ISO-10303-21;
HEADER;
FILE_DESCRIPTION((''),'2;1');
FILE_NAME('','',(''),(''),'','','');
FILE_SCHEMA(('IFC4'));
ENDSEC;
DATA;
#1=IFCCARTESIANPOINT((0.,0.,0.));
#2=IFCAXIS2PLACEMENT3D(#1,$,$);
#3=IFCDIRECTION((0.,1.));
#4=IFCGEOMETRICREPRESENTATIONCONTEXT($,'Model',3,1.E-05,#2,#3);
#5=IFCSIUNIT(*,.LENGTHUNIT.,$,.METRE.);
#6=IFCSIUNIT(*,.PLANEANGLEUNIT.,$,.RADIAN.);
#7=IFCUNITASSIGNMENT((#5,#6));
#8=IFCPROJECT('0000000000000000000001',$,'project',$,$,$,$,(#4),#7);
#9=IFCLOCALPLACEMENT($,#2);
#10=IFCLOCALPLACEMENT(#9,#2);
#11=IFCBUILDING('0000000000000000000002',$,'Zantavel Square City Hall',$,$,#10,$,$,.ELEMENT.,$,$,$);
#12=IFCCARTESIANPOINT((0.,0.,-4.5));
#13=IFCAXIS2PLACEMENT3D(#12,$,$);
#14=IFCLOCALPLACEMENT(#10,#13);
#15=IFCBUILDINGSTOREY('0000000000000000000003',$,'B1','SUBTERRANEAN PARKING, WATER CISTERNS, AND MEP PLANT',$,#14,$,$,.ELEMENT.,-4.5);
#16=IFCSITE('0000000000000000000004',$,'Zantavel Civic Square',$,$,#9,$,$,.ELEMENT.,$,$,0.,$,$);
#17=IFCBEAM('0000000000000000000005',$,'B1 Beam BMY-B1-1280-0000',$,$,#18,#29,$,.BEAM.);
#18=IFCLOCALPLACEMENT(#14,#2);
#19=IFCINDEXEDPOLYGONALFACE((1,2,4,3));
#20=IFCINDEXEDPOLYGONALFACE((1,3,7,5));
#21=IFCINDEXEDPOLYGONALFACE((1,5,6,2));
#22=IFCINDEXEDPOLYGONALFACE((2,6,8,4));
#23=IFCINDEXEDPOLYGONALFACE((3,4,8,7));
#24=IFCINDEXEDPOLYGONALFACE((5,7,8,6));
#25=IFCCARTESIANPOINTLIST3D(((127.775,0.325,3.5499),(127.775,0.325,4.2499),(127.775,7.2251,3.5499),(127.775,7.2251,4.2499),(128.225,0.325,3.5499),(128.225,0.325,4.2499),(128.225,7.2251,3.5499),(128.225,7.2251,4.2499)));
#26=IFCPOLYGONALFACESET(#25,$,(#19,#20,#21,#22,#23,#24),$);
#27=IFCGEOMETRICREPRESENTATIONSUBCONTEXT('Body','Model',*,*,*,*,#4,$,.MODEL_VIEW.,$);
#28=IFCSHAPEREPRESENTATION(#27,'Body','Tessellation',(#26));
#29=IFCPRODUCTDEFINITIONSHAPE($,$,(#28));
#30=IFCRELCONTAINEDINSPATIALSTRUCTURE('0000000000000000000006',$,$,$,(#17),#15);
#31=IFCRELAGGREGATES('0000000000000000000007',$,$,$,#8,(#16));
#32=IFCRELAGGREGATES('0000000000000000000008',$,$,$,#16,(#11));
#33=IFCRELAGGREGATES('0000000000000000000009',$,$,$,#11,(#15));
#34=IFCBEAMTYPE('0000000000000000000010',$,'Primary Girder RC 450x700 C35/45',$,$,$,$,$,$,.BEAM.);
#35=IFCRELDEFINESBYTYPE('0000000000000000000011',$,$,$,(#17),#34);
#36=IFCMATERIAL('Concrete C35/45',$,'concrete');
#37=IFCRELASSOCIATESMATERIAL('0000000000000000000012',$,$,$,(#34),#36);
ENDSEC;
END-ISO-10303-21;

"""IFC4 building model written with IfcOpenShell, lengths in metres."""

from ifc_helpers import new_model, si_unit, direction, frame, origin, origin_2d, place, context, subcontext, project, spatial, rectangle, extrude, material, material_profile, profile_set, type_object, element, save


model = new_model("IFC4")

# Units and contexts
model_context = context("Model", 3, precision=1e-05, world=origin(), true_north=direction((0.0, 1.0)))
body_context = subcontext(model_context, "Body", "Model", "MODEL_VIEW")
ifc_project = project(units=[si_unit("LENGTHUNIT", "METRE"), si_unit("PLANEANGLEUNIT", "RADIAN")], contexts=[model_context])

# Site, building, storey
site_placement = place(None, origin())
site = spatial("IfcSite", under=ifc_project, at=site_placement, Name="Zantavel Civic Square", CompositionType="ELEMENT", RefElevation=0.0)
building_placement = place(site_placement, origin())
building = spatial("IfcBuilding", under=site, at=building_placement, Name="Zantavel Square City Hall", CompositionType="ELEMENT")
storey_placement = place(building_placement, frame((0.0, 0.0, -4.5)))
storey = spatial("IfcBuildingStorey", under=building, at=storey_placement, Name="B1", Description="SUBTERRANEAN PARKING, WATER CISTERNS, AND MEP PLANT", CompositionType="ELEMENT", Elevation=-4.5)

# Shared definitions
ifc_material_1 = material(Name="Concrete C35/45", Category="concrete")

# Beam
ifc_material_profile_1 = material_profile(ifc_material_1, rectangle(XDim=0.45, YDim=0.7, at=origin_2d()), Name="RC 450x700")
ifc_profile_set_1 = profile_set([ifc_material_profile_1], Name="Concrete C35/45")
beam_type_1 = type_object("IfcBeamType", Name="Primary Girder RC 450x700 C35/45", PredefinedType="BEAM", material=ifc_profile_set_1)
for number, where, z_axis, x_axis, name in (
    (1, (128.0, 0.325, 3.8999), (0.0, 1.0, 0.0), (-1.0, 0.0, 0.0), "B1 Beam BMY-B1-1280-0000"),
):
    element("IfcBeam", number, at=place(storey_placement, frame(where, z_axis=z_axis, x_axis=x_axis)), inside=storey, type_object=beam_type_1, Name=name, PredefinedType="BEAM", context=body_context, shape_type="SweptSolid", body=[
        extrude(rectangle(XDim=0.45, YDim=0.7, at=origin_2d()), origin(), (0.0, 0.0, 1.0), 6.9001),
    ])

save(model, "model.ifc")
